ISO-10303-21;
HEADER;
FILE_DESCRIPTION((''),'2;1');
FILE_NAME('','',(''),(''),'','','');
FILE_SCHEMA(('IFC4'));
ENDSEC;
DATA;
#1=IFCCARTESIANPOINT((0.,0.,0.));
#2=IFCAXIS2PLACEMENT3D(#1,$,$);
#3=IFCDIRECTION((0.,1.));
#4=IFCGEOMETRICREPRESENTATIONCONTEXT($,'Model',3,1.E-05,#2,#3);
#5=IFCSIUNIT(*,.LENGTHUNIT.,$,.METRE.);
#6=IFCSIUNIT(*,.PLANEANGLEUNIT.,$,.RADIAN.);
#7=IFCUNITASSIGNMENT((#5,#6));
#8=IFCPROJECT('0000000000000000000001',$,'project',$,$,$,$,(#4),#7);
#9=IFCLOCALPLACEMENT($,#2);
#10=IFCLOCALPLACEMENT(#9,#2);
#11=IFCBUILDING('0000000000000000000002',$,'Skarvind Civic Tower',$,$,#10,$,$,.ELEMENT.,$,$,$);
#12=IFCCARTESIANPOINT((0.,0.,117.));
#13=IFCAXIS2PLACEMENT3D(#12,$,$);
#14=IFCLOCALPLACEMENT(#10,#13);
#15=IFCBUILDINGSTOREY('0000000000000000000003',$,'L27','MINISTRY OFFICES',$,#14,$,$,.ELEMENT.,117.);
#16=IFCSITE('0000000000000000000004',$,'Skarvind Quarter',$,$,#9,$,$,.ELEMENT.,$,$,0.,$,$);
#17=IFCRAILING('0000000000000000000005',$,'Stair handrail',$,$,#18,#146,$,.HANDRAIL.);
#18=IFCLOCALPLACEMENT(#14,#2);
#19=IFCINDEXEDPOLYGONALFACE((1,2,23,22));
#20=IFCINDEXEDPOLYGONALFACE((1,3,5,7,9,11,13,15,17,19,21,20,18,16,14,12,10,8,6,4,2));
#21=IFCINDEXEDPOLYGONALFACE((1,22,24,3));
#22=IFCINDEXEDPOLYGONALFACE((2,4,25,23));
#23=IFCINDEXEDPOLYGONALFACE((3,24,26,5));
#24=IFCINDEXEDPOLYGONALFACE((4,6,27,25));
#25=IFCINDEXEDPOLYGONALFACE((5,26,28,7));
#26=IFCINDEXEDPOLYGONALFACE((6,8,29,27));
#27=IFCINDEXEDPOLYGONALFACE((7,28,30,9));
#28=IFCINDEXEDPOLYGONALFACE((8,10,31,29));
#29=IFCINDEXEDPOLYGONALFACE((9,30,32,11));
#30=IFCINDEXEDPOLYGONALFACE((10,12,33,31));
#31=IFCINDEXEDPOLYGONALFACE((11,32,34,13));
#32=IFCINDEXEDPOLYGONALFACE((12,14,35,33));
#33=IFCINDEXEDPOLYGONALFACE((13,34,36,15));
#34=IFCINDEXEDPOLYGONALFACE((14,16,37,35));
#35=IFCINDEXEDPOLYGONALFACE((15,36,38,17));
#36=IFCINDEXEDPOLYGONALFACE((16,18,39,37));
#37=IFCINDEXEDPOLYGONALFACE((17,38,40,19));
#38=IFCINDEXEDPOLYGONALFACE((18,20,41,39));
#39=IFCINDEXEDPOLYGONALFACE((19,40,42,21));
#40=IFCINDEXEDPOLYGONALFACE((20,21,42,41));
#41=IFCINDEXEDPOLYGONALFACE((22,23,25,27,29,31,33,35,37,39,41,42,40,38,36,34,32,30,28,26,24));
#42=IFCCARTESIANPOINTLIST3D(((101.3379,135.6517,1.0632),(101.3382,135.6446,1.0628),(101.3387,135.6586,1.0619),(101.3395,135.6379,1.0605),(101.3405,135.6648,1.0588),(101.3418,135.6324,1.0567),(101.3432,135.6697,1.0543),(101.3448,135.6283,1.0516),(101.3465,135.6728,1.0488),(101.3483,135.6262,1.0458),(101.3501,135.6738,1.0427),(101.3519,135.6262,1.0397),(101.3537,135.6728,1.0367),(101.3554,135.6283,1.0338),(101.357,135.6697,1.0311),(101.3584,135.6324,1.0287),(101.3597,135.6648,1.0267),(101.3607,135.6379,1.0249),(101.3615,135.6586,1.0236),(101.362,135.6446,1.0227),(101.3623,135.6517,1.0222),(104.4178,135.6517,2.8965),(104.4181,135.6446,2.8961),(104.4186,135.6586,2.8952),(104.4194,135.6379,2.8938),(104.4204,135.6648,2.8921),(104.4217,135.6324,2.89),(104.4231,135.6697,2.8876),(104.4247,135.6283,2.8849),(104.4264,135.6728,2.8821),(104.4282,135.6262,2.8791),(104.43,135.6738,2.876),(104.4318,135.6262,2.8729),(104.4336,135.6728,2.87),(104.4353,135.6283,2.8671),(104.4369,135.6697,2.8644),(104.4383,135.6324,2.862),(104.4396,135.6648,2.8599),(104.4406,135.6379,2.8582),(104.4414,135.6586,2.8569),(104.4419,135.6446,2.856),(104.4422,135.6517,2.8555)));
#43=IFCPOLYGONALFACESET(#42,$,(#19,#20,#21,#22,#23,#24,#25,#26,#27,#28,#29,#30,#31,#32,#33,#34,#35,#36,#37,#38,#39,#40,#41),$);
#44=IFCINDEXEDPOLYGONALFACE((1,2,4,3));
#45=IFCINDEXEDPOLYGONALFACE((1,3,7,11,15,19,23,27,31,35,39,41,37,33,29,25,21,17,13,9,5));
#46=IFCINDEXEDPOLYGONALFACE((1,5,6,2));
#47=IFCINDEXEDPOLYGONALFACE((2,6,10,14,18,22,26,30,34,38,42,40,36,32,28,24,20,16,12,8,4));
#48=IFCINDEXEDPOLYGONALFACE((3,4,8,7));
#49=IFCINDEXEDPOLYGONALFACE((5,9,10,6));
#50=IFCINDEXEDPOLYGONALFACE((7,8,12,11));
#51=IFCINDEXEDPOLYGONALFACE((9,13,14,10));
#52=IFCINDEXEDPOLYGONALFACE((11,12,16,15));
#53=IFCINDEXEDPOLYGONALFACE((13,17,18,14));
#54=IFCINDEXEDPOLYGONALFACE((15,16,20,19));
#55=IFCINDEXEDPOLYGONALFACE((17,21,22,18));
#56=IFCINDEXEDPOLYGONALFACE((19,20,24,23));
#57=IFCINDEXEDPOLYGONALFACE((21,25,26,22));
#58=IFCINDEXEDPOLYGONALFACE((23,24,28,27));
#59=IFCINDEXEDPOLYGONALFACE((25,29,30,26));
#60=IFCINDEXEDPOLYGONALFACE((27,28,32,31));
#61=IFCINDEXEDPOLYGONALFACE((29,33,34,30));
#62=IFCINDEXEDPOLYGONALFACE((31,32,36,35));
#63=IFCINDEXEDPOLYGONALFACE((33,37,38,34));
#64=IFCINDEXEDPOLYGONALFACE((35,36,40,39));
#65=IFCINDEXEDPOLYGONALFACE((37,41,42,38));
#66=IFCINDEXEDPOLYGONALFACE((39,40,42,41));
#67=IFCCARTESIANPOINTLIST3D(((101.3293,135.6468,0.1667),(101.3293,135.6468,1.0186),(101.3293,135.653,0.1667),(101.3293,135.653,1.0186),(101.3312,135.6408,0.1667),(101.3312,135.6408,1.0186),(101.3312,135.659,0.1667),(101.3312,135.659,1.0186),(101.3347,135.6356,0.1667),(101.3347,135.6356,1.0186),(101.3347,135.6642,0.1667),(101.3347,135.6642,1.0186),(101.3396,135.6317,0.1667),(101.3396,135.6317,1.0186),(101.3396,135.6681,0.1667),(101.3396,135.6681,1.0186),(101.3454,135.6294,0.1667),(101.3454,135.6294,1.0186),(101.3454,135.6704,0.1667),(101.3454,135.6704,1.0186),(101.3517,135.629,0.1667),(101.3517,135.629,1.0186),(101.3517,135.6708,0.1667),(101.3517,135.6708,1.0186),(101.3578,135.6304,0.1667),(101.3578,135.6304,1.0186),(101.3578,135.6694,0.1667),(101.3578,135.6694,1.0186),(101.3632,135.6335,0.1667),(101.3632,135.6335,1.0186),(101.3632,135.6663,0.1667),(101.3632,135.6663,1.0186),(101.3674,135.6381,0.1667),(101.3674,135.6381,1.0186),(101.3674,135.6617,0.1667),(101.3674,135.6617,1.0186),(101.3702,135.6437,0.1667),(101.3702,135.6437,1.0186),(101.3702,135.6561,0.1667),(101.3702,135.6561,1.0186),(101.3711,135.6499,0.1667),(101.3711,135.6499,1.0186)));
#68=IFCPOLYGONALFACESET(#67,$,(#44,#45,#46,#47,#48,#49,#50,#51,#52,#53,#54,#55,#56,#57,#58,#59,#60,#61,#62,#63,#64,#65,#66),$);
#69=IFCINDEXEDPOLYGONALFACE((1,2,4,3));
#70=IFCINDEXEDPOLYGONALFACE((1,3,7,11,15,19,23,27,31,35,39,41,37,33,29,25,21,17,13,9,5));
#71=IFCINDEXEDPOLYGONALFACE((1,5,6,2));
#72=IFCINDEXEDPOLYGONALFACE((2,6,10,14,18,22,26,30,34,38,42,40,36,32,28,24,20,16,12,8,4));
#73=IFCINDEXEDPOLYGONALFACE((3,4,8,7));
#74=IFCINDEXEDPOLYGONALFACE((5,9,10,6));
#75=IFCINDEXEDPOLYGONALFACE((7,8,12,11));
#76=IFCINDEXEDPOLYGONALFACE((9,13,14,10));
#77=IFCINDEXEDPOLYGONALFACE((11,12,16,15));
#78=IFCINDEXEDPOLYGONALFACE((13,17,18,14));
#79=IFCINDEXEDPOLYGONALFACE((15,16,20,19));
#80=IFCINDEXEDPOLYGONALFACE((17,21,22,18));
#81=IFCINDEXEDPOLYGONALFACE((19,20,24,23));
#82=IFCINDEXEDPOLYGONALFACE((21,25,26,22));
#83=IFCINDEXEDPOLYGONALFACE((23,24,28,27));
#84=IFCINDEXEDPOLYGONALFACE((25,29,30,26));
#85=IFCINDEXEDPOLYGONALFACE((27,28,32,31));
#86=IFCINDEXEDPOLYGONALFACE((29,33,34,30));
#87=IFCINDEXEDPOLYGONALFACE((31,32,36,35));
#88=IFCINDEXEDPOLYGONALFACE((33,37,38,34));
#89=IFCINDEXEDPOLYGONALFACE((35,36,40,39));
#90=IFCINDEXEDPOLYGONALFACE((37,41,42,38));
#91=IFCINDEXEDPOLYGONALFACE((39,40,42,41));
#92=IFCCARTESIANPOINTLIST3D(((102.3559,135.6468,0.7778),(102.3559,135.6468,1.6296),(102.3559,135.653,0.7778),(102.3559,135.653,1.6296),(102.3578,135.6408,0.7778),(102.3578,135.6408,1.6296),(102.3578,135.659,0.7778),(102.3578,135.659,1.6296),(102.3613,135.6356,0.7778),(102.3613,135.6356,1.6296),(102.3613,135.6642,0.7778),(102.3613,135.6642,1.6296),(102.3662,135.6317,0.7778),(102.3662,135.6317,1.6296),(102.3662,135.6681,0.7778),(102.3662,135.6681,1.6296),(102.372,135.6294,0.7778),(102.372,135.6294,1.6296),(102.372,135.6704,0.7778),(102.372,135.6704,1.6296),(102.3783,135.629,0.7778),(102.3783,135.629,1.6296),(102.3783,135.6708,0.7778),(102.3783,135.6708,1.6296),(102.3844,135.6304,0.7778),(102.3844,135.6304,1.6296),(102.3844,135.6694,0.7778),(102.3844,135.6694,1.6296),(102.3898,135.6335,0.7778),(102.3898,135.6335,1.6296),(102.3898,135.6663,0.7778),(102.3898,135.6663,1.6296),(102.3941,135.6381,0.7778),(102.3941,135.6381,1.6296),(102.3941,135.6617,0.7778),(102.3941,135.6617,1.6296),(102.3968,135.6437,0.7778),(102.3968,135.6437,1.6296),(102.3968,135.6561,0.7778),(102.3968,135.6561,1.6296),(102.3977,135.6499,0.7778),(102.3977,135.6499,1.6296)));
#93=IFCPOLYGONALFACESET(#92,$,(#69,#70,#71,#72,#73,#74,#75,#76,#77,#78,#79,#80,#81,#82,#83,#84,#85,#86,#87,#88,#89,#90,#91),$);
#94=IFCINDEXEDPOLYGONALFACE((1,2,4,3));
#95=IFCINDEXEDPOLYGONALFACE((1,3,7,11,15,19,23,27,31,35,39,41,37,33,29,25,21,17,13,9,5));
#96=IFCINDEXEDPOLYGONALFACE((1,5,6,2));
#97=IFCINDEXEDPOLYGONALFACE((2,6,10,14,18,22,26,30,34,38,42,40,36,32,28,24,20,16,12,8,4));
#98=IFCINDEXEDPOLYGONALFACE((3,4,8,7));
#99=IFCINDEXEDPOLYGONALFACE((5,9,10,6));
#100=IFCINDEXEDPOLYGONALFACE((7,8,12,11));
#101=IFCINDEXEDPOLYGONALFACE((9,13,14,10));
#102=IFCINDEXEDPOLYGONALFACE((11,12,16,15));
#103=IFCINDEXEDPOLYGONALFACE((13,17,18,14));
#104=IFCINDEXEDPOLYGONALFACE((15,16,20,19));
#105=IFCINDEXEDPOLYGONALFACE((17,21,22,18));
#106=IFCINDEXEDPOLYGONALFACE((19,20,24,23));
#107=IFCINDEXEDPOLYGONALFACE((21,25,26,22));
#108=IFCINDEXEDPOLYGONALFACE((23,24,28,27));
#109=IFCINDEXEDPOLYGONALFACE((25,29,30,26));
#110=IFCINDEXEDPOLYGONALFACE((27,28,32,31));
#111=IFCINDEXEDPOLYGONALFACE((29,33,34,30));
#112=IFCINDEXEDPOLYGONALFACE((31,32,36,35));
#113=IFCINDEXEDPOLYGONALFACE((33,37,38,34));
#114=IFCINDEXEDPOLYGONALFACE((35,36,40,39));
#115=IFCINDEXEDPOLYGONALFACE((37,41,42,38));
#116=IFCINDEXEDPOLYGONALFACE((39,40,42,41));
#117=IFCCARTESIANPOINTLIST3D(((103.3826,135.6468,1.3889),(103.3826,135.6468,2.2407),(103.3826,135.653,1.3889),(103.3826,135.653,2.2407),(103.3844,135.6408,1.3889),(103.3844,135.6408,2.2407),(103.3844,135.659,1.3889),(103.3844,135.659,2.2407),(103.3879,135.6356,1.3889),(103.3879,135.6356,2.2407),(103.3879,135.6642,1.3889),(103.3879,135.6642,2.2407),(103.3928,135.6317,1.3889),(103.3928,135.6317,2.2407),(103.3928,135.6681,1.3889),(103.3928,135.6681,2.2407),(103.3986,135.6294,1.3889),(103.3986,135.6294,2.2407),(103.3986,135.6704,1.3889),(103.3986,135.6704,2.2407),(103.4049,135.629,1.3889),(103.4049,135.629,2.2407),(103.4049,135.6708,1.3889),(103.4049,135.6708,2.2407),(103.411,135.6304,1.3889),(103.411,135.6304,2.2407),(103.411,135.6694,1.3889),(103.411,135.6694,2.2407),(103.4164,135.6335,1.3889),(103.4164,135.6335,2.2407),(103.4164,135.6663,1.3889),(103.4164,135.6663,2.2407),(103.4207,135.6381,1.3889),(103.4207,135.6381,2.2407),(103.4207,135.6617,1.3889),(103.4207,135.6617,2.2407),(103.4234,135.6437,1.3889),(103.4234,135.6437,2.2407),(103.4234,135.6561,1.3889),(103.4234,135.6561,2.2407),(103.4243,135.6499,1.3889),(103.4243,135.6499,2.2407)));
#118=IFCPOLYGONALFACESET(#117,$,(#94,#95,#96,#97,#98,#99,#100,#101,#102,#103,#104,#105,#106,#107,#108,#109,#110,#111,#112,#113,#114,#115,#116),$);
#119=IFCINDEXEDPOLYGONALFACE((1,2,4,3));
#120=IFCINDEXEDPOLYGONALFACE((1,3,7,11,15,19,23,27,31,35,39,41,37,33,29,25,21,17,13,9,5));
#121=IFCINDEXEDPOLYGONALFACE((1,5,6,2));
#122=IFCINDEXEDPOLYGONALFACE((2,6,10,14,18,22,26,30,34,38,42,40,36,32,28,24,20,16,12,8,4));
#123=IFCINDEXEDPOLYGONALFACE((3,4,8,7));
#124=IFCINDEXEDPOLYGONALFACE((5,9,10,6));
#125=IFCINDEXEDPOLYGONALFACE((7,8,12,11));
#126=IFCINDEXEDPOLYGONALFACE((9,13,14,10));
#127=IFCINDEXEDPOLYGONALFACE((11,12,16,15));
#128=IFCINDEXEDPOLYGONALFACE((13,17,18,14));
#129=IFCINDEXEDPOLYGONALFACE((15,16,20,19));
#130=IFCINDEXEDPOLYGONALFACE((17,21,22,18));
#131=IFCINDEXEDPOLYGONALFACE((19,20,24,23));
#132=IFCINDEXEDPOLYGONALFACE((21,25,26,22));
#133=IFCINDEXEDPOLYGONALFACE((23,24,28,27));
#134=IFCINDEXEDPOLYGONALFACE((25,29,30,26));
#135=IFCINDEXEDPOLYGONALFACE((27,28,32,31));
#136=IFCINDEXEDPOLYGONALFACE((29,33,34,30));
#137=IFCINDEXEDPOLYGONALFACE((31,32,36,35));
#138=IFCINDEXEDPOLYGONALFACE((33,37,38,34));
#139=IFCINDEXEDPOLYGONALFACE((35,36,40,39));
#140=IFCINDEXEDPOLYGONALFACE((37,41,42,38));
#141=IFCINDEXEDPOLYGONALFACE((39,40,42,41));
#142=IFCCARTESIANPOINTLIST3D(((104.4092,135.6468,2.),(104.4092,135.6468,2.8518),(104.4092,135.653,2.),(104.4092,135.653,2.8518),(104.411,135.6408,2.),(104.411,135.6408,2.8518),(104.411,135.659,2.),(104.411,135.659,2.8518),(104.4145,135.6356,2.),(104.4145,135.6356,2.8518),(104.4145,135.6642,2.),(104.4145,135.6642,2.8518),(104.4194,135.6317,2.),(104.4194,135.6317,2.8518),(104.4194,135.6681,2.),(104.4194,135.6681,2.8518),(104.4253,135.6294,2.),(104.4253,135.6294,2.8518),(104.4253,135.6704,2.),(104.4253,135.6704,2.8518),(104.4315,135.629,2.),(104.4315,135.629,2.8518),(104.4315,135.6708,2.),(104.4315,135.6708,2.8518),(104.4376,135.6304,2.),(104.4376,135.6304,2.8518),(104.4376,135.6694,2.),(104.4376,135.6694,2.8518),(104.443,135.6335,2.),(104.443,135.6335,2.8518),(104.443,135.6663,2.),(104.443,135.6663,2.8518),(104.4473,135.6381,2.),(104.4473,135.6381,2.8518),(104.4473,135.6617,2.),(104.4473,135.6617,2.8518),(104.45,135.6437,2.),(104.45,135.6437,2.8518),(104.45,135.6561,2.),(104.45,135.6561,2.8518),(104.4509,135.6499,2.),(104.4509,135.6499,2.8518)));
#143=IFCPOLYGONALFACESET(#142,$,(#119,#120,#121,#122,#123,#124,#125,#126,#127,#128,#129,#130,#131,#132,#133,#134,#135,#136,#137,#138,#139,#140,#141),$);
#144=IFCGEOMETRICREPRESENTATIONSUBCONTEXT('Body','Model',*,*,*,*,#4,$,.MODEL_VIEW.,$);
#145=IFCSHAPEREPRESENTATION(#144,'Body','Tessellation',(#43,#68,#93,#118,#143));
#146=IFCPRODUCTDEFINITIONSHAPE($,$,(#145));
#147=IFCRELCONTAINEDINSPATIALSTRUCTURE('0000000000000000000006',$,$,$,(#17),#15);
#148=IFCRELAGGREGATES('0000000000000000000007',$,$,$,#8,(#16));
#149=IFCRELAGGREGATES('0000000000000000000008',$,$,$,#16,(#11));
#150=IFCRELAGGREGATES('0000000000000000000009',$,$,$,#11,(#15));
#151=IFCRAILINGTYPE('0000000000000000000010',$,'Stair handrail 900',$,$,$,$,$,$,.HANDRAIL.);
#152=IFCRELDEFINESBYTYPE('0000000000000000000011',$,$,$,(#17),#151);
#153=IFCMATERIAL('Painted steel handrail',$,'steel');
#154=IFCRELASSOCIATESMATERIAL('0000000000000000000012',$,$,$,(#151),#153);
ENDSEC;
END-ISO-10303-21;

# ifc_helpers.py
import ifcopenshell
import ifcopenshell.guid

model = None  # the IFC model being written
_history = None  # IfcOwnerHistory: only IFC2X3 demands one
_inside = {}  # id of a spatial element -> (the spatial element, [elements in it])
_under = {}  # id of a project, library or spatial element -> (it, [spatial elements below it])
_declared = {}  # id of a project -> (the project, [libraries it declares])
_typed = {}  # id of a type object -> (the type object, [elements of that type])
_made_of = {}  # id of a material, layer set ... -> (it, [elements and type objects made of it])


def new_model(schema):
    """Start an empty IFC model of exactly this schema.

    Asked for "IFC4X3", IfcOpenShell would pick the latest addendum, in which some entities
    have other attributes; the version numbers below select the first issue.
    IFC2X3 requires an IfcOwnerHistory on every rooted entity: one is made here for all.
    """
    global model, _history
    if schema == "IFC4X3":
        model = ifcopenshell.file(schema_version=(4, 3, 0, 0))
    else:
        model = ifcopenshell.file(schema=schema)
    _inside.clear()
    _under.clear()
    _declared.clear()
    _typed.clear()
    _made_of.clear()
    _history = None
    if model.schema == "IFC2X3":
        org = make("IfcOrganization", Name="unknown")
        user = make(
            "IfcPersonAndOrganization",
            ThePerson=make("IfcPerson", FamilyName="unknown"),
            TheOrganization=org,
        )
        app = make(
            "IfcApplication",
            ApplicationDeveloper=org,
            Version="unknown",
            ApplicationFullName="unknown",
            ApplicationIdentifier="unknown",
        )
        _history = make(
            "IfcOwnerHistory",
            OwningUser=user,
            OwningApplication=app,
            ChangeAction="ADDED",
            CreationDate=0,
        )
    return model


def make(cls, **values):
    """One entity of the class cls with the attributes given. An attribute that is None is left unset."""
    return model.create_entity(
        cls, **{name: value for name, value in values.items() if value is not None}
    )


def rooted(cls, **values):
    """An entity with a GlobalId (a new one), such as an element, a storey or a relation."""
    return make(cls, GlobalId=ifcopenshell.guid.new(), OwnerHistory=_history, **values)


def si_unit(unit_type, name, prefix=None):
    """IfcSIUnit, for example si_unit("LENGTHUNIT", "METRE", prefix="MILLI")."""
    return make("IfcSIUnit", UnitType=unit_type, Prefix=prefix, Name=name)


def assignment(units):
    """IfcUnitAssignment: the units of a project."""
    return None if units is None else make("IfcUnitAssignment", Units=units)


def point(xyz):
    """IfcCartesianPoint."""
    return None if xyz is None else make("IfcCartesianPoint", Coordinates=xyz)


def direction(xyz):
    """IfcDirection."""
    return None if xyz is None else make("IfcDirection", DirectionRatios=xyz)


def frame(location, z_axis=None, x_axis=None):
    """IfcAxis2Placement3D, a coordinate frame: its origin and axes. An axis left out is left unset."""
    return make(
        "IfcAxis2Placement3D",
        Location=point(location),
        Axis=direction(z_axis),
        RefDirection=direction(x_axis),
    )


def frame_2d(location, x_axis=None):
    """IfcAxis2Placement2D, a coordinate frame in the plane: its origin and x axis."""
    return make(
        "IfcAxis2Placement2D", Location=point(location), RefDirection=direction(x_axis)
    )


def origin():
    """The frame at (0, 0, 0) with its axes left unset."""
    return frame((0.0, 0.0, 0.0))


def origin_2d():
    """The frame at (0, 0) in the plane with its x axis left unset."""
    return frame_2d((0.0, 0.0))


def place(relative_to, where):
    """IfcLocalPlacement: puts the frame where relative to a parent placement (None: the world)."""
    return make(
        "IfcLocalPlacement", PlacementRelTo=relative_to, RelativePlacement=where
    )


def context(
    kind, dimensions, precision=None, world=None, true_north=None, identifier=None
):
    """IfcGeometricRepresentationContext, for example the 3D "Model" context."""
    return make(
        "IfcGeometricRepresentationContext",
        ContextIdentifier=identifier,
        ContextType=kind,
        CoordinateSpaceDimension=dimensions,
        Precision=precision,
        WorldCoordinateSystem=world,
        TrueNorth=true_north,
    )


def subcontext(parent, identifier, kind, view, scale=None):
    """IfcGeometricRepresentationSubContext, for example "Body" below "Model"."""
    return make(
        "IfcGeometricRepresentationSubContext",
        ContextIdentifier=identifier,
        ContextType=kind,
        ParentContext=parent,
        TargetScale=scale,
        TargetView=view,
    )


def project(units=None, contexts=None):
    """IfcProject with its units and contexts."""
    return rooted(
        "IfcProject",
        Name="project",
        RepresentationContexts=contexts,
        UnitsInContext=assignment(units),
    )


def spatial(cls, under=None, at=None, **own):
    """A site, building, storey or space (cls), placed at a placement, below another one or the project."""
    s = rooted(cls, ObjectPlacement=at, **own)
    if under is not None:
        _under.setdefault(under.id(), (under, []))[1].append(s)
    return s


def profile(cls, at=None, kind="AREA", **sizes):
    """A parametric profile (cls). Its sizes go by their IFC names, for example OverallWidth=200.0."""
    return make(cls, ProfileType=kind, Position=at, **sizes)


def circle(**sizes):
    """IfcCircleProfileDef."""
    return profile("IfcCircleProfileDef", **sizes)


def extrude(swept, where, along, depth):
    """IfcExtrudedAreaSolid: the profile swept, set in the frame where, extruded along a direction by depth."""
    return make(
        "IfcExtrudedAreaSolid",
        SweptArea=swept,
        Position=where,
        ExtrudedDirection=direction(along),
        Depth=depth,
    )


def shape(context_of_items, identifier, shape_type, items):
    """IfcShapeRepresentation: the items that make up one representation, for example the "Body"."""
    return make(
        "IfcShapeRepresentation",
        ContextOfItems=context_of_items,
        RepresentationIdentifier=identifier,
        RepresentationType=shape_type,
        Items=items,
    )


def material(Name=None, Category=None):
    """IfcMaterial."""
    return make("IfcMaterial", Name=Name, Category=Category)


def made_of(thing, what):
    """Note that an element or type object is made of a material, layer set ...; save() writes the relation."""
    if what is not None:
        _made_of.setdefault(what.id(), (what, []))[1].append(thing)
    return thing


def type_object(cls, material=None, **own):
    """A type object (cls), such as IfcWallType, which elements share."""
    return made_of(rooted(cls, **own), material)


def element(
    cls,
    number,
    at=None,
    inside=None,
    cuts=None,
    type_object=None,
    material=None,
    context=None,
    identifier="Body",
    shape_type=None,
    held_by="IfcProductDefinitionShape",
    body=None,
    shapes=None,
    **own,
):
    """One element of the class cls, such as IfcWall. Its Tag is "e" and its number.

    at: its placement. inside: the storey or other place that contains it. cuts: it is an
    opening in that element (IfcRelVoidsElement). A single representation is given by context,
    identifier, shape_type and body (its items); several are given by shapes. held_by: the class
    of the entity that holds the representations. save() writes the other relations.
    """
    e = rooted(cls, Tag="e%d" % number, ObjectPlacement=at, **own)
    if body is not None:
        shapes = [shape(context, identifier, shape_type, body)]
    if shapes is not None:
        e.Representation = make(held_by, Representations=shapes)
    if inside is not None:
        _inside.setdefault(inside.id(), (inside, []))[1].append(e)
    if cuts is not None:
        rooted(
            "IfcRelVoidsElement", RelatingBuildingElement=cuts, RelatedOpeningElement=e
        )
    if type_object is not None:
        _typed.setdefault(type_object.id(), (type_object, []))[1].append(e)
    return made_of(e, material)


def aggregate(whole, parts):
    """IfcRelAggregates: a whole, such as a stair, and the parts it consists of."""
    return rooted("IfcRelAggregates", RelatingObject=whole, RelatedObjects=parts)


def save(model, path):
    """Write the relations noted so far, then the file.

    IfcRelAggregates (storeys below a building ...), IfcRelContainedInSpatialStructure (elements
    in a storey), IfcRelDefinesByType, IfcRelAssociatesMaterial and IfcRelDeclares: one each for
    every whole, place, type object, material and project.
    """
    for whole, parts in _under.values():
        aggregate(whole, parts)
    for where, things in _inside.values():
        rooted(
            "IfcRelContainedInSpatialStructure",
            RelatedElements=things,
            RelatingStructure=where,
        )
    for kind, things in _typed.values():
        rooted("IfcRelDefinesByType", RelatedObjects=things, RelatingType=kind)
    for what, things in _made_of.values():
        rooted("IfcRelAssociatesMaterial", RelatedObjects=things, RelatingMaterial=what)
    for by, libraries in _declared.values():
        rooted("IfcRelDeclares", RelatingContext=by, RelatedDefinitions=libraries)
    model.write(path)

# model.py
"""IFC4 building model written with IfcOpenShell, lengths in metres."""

from ifc_helpers import new_model, si_unit, direction, frame, origin, origin_2d, place, context, subcontext, project, spatial, circle, extrude, material, type_object, element, save


model = new_model("IFC4")

# Units and contexts
model_context = context("Model", 3, precision=1e-05, world=origin(), true_north=direction((0.0, 1.0)))
body_context = subcontext(model_context, "Body", "Model", "MODEL_VIEW")
ifc_project = project(units=[si_unit("LENGTHUNIT", "METRE"), si_unit("PLANEANGLEUNIT", "RADIAN")], contexts=[model_context])

# Site, building, storey
site_placement = place(None, origin())
site = spatial("IfcSite", under=ifc_project, at=site_placement, Name="Skarvind Quarter", CompositionType="ELEMENT", RefElevation=0.0)
building_placement = place(site_placement, origin())
building = spatial("IfcBuilding", under=site, at=building_placement, Name="Skarvind Civic Tower", CompositionType="ELEMENT")
storey_placement = place(building_placement, frame((0.0, 0.0, 117.0)))
storey = spatial("IfcBuildingStorey", under=building, at=storey_placement, Name="L27", Description="MINISTRY OFFICES", CompositionType="ELEMENT", Elevation=117.0)

# Railing
ifc_material_1 = material(Name="Painted steel handrail", Category="steel")
railing_type = type_object("IfcRailingType", Name="Stair handrail 900", PredefinedType="HANDRAIL", material=ifc_material_1)
railing_1_placement = place(storey_placement, frame((101.3501, 135.6499, 0.1667)))
element("IfcRailing", 1, at=railing_1_placement, inside=storey, type_object=railing_type, Name="Stair handrail", PredefinedType="HANDRAIL", context=body_context, shape_type="SweptSolid", body=[
    extrude(circle(Radius=0.0239, at=origin_2d()), frame((0.0, 0.0, 0.876), z_axis=(0.859291, 0.0, 0.511487), x_axis=(0.0, 1.0, 0.0)), (0.0, 0.0, 1.0), 3.5842),
    extrude(circle(Radius=0.021, at=origin_2d()), origin(), (0.0, 0.0, 1.0), 0.8518),
    extrude(circle(Radius=0.021, at=origin_2d()), frame((1.0266, 0.0, 0.6111)), (0.0, 0.0, 1.0), 0.8518),
    extrude(circle(Radius=0.021, at=origin_2d()), frame((2.0532, 0.0, 1.2222)), (0.0, 0.0, 1.0), 0.8518),
    extrude(circle(Radius=0.021, at=origin_2d()), frame((3.0798, 0.0, 1.8333)), (0.0, 0.0, 1.0), 0.8518),
])

save(model, "model.ifc")
